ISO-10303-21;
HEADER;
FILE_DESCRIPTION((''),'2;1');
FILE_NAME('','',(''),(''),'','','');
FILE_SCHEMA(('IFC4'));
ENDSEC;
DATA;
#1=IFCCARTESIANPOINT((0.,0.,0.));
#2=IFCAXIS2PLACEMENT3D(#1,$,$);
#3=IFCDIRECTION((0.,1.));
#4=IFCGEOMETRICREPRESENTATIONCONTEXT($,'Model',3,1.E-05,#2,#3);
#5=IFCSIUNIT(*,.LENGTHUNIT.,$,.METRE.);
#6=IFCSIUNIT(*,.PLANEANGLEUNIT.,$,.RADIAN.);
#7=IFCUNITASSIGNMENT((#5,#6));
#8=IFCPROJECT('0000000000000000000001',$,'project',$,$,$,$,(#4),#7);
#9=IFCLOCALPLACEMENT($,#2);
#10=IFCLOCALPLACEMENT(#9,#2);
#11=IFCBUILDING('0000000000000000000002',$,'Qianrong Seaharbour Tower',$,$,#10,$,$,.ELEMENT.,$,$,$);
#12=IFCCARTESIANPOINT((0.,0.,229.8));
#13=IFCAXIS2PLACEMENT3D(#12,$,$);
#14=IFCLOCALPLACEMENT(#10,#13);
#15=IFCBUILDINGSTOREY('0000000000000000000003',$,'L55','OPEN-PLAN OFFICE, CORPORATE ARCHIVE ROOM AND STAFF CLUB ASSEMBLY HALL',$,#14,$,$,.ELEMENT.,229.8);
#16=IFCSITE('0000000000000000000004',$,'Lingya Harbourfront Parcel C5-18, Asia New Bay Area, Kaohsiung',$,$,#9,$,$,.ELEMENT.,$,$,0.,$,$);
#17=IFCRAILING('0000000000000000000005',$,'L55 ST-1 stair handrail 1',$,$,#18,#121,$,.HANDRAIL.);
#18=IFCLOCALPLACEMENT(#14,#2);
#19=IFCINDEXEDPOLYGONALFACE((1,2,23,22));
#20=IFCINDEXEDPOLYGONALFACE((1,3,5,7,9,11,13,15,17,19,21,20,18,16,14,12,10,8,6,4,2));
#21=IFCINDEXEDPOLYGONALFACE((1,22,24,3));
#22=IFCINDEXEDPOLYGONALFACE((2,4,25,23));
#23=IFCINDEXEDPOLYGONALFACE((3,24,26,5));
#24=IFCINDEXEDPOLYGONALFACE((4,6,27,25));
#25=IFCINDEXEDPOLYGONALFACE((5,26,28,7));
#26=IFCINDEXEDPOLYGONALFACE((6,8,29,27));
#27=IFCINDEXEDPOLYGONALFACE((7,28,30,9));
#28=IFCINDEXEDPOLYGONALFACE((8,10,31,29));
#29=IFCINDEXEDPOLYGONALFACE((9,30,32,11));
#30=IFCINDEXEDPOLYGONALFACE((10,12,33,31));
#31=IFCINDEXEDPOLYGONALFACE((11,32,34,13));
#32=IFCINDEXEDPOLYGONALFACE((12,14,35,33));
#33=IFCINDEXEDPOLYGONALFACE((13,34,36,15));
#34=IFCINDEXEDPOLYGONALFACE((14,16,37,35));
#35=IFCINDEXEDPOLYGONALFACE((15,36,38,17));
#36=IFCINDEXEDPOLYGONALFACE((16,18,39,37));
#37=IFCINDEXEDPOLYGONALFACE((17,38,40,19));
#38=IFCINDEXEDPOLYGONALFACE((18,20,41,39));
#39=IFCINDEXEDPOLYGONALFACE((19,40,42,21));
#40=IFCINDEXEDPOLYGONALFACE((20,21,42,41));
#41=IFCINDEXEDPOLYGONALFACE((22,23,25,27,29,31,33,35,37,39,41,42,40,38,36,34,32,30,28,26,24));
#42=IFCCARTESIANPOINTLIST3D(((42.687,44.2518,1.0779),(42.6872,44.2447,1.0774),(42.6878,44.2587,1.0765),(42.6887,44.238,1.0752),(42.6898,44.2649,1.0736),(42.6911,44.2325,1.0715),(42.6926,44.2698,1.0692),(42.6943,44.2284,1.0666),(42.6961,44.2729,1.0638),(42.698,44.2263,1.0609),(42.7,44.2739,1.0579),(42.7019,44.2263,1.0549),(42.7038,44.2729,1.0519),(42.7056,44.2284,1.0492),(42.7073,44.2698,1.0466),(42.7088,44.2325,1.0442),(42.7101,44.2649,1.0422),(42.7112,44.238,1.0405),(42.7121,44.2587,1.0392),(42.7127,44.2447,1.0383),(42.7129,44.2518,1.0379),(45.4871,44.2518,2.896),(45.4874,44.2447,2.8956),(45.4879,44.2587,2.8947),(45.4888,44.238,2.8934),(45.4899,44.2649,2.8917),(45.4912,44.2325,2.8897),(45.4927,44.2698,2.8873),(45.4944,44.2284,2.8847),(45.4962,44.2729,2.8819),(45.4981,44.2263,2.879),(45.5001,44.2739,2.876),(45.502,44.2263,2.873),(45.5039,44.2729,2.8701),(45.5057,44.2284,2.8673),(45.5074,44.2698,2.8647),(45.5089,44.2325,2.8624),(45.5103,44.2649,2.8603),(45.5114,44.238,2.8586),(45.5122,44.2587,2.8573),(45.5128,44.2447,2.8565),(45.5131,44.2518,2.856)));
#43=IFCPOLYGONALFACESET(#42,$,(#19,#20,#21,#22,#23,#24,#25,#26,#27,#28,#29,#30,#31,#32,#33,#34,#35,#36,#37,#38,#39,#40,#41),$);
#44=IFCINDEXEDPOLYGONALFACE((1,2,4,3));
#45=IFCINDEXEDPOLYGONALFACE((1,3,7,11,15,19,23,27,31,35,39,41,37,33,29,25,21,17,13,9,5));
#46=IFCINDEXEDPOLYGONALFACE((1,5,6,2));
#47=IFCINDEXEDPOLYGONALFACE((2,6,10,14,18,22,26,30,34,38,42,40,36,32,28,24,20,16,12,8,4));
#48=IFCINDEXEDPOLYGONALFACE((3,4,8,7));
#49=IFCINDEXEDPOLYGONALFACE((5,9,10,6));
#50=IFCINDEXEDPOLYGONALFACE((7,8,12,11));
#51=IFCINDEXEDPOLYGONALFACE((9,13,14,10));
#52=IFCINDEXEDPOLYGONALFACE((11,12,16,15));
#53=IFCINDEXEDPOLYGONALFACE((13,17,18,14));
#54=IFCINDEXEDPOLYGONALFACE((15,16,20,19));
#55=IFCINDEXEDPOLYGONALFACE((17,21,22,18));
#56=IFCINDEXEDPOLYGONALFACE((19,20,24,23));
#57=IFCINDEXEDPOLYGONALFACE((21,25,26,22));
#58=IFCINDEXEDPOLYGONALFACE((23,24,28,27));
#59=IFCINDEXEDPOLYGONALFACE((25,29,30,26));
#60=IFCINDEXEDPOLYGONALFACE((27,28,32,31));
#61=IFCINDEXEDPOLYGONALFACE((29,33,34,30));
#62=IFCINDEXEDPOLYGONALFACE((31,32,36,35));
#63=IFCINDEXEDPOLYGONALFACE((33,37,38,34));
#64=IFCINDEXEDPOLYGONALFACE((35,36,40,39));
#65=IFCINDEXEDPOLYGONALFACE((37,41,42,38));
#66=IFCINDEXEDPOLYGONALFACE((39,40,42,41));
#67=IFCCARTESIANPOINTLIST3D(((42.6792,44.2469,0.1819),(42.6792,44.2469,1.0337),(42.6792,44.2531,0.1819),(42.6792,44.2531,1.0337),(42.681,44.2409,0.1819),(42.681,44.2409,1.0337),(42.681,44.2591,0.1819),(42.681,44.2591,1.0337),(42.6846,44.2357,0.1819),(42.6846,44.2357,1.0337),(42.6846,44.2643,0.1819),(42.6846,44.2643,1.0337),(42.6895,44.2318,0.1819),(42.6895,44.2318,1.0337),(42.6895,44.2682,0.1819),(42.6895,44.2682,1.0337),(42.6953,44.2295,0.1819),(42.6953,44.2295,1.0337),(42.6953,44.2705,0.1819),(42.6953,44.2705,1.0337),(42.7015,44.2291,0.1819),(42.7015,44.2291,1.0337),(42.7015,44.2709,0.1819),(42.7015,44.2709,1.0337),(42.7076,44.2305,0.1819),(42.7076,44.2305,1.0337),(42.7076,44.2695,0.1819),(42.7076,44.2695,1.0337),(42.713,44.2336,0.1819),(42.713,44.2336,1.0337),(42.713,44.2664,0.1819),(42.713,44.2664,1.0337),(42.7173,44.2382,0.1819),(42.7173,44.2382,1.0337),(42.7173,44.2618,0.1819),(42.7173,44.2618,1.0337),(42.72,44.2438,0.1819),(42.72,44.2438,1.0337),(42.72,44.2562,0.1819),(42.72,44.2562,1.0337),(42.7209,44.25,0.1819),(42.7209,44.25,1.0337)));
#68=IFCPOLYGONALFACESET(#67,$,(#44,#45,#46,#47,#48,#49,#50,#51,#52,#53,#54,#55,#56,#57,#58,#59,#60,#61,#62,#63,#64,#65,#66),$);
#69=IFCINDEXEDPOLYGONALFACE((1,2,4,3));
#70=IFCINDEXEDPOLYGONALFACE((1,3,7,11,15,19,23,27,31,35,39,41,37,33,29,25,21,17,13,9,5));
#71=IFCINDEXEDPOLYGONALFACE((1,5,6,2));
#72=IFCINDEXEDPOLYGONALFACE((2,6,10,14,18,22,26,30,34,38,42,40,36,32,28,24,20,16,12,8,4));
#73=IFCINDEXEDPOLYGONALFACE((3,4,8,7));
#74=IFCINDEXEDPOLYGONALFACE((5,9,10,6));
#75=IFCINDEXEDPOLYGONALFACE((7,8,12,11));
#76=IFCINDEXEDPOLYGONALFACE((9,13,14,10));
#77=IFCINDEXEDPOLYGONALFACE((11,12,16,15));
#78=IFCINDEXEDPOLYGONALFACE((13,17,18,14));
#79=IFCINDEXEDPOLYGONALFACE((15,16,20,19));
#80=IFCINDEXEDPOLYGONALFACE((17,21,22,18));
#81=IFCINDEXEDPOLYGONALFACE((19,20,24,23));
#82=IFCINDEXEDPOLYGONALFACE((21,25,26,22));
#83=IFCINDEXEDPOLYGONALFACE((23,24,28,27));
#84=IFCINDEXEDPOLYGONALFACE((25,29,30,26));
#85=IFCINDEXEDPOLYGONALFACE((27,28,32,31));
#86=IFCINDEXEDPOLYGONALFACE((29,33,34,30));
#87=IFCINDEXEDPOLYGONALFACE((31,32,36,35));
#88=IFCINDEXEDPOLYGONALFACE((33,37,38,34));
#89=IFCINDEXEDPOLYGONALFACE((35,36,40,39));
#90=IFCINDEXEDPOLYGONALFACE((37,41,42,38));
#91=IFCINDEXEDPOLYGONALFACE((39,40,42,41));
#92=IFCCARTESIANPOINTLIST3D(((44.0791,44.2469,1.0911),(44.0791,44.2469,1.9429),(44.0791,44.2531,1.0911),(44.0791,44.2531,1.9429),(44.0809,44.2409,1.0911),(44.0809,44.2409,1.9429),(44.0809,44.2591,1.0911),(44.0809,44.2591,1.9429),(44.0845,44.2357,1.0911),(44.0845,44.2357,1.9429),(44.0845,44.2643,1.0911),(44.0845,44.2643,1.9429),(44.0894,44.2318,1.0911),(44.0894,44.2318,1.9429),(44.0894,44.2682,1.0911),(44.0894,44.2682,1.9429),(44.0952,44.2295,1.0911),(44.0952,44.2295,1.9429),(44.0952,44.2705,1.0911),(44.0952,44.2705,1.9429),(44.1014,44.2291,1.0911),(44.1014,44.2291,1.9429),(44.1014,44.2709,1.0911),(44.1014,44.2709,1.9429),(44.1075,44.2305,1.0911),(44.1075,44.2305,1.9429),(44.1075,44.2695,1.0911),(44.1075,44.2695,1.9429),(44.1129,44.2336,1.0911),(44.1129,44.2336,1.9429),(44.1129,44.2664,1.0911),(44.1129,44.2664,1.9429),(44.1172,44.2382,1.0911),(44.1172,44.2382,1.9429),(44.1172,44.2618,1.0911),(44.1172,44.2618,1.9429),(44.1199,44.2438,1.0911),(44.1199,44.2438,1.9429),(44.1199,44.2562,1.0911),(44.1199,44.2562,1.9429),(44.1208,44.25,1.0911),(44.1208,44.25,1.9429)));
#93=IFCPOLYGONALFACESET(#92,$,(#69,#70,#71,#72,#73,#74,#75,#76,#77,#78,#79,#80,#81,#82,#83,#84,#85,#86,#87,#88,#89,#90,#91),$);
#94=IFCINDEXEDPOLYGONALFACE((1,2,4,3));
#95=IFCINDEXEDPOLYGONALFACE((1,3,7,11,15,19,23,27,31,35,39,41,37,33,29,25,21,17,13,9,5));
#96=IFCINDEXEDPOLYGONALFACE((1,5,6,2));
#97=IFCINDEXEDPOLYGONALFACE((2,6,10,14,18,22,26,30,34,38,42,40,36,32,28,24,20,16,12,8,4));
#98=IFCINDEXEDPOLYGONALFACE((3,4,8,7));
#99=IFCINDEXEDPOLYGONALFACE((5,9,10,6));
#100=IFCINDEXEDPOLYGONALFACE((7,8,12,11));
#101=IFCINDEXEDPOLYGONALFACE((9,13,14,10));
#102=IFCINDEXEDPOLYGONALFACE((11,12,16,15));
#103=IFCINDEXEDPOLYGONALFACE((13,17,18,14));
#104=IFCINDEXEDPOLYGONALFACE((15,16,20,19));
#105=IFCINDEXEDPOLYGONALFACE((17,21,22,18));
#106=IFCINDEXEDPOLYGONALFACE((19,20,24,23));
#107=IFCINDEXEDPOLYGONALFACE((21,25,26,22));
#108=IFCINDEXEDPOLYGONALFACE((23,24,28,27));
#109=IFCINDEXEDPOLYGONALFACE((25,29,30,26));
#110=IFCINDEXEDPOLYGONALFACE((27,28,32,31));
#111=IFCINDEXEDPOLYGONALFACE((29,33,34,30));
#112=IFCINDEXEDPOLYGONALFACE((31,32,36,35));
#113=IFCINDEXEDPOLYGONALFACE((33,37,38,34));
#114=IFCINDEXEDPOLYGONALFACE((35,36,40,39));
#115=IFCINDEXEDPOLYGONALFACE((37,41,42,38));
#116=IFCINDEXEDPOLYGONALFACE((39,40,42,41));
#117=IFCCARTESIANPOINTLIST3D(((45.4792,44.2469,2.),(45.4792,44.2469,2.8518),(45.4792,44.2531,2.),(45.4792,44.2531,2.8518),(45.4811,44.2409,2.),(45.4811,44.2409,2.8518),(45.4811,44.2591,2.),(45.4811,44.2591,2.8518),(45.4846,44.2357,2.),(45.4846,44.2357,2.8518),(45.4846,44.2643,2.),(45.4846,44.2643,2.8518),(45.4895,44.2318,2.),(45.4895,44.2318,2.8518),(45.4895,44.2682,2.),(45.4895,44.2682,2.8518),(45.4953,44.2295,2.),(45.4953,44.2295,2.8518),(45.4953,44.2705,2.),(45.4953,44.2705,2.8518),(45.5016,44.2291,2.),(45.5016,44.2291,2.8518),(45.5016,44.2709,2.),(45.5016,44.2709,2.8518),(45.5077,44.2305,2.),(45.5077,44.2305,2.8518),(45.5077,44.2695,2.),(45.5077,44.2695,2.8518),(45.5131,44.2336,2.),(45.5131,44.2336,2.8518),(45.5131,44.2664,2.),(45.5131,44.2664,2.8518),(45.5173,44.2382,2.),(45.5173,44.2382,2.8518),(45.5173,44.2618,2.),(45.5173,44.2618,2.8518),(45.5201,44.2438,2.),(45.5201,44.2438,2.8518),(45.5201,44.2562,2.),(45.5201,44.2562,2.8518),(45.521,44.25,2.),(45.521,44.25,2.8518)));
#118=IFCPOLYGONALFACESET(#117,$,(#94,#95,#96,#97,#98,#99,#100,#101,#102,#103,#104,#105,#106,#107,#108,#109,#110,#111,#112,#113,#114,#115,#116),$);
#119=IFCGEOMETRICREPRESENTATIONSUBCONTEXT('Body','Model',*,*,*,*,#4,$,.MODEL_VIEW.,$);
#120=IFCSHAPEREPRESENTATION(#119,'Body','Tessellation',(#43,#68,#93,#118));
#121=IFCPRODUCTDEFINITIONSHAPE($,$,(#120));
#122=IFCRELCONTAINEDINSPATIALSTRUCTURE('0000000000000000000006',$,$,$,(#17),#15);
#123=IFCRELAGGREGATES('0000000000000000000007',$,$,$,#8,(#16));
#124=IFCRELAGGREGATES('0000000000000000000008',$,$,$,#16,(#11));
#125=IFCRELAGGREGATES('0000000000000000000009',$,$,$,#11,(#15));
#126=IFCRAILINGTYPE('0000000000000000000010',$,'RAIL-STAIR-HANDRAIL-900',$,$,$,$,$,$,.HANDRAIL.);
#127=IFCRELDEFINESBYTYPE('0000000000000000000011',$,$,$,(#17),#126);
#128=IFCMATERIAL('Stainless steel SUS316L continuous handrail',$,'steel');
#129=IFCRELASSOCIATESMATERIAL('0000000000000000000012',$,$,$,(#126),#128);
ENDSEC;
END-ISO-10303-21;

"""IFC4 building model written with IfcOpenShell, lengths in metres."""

from ifc_helpers import new_model, si_unit, direction, frame, origin, origin_2d, place, context, subcontext, project, spatial, circle, extrude, material, type_object, element, save


model = new_model("IFC4")

# Units and contexts
model_context = context("Model", 3, precision=1e-05, world=origin(), true_north=direction((0.0, 1.0)))
body_context = subcontext(model_context, "Body", "Model", "MODEL_VIEW")
ifc_project = project(units=[si_unit("LENGTHUNIT", "METRE"), si_unit("PLANEANGLEUNIT", "RADIAN")], contexts=[model_context])

# Site, building, storey
site_placement = place(None, origin())
site = spatial("IfcSite", under=ifc_project, at=site_placement, Name="Lingya Harbourfront Parcel C5-18, Asia New Bay Area, Kaohsiung", CompositionType="ELEMENT", RefElevation=0.0)
building_placement = place(site_placement, origin())
building = spatial("IfcBuilding", under=site, at=building_placement, Name="Qianrong Seaharbour Tower", CompositionType="ELEMENT")
storey_placement = place(building_placement, frame((0.0, 0.0, 229.8)))
storey = spatial("IfcBuildingStorey", under=building, at=storey_placement, Name="L55", Description="OPEN-PLAN OFFICE, CORPORATE ARCHIVE ROOM AND STAFF CLUB ASSEMBLY HALL", CompositionType="ELEMENT", Elevation=229.8)

# Railing
ifc_material_1 = material(Name="Stainless steel SUS316L continuous handrail", Category="steel")
railing_type_1 = type_object("IfcRailingType", Name="RAIL-STAIR-HANDRAIL-900", PredefinedType="HANDRAIL", material=ifc_material_1)
railing_1_placement = place(storey_placement, frame((42.7, 44.25, 0.1819)))
element("IfcRailing", 1, at=railing_1_placement, inside=storey, type_object=railing_type_1, Name="L55 ST-1 stair handrail 1", PredefinedType="HANDRAIL", context=body_context, shape_type="SweptSolid", body=[
    extrude(circle(Radius=0.0239, at=origin_2d()), frame((0.0, 0.0, 0.876), z_axis=(0.838706, 0.0, 0.544585), x_axis=(0.0, 1.0, 0.0)), (0.0, 0.0, 1.0), 3.3386),
    extrude(circle(Radius=0.021, at=origin_2d()), origin(), (0.0, 0.0, 1.0), 0.8518),
    extrude(circle(Radius=0.021, at=origin_2d()), frame((1.3999, 0.0, 0.9092)), (0.0, 0.0, 1.0), 0.8518),
    extrude(circle(Radius=0.021, at=origin_2d()), frame((2.8, 0.0, 1.8181)), (0.0, 0.0, 1.0), 0.8518),
])

save(model, "model.ifc")
